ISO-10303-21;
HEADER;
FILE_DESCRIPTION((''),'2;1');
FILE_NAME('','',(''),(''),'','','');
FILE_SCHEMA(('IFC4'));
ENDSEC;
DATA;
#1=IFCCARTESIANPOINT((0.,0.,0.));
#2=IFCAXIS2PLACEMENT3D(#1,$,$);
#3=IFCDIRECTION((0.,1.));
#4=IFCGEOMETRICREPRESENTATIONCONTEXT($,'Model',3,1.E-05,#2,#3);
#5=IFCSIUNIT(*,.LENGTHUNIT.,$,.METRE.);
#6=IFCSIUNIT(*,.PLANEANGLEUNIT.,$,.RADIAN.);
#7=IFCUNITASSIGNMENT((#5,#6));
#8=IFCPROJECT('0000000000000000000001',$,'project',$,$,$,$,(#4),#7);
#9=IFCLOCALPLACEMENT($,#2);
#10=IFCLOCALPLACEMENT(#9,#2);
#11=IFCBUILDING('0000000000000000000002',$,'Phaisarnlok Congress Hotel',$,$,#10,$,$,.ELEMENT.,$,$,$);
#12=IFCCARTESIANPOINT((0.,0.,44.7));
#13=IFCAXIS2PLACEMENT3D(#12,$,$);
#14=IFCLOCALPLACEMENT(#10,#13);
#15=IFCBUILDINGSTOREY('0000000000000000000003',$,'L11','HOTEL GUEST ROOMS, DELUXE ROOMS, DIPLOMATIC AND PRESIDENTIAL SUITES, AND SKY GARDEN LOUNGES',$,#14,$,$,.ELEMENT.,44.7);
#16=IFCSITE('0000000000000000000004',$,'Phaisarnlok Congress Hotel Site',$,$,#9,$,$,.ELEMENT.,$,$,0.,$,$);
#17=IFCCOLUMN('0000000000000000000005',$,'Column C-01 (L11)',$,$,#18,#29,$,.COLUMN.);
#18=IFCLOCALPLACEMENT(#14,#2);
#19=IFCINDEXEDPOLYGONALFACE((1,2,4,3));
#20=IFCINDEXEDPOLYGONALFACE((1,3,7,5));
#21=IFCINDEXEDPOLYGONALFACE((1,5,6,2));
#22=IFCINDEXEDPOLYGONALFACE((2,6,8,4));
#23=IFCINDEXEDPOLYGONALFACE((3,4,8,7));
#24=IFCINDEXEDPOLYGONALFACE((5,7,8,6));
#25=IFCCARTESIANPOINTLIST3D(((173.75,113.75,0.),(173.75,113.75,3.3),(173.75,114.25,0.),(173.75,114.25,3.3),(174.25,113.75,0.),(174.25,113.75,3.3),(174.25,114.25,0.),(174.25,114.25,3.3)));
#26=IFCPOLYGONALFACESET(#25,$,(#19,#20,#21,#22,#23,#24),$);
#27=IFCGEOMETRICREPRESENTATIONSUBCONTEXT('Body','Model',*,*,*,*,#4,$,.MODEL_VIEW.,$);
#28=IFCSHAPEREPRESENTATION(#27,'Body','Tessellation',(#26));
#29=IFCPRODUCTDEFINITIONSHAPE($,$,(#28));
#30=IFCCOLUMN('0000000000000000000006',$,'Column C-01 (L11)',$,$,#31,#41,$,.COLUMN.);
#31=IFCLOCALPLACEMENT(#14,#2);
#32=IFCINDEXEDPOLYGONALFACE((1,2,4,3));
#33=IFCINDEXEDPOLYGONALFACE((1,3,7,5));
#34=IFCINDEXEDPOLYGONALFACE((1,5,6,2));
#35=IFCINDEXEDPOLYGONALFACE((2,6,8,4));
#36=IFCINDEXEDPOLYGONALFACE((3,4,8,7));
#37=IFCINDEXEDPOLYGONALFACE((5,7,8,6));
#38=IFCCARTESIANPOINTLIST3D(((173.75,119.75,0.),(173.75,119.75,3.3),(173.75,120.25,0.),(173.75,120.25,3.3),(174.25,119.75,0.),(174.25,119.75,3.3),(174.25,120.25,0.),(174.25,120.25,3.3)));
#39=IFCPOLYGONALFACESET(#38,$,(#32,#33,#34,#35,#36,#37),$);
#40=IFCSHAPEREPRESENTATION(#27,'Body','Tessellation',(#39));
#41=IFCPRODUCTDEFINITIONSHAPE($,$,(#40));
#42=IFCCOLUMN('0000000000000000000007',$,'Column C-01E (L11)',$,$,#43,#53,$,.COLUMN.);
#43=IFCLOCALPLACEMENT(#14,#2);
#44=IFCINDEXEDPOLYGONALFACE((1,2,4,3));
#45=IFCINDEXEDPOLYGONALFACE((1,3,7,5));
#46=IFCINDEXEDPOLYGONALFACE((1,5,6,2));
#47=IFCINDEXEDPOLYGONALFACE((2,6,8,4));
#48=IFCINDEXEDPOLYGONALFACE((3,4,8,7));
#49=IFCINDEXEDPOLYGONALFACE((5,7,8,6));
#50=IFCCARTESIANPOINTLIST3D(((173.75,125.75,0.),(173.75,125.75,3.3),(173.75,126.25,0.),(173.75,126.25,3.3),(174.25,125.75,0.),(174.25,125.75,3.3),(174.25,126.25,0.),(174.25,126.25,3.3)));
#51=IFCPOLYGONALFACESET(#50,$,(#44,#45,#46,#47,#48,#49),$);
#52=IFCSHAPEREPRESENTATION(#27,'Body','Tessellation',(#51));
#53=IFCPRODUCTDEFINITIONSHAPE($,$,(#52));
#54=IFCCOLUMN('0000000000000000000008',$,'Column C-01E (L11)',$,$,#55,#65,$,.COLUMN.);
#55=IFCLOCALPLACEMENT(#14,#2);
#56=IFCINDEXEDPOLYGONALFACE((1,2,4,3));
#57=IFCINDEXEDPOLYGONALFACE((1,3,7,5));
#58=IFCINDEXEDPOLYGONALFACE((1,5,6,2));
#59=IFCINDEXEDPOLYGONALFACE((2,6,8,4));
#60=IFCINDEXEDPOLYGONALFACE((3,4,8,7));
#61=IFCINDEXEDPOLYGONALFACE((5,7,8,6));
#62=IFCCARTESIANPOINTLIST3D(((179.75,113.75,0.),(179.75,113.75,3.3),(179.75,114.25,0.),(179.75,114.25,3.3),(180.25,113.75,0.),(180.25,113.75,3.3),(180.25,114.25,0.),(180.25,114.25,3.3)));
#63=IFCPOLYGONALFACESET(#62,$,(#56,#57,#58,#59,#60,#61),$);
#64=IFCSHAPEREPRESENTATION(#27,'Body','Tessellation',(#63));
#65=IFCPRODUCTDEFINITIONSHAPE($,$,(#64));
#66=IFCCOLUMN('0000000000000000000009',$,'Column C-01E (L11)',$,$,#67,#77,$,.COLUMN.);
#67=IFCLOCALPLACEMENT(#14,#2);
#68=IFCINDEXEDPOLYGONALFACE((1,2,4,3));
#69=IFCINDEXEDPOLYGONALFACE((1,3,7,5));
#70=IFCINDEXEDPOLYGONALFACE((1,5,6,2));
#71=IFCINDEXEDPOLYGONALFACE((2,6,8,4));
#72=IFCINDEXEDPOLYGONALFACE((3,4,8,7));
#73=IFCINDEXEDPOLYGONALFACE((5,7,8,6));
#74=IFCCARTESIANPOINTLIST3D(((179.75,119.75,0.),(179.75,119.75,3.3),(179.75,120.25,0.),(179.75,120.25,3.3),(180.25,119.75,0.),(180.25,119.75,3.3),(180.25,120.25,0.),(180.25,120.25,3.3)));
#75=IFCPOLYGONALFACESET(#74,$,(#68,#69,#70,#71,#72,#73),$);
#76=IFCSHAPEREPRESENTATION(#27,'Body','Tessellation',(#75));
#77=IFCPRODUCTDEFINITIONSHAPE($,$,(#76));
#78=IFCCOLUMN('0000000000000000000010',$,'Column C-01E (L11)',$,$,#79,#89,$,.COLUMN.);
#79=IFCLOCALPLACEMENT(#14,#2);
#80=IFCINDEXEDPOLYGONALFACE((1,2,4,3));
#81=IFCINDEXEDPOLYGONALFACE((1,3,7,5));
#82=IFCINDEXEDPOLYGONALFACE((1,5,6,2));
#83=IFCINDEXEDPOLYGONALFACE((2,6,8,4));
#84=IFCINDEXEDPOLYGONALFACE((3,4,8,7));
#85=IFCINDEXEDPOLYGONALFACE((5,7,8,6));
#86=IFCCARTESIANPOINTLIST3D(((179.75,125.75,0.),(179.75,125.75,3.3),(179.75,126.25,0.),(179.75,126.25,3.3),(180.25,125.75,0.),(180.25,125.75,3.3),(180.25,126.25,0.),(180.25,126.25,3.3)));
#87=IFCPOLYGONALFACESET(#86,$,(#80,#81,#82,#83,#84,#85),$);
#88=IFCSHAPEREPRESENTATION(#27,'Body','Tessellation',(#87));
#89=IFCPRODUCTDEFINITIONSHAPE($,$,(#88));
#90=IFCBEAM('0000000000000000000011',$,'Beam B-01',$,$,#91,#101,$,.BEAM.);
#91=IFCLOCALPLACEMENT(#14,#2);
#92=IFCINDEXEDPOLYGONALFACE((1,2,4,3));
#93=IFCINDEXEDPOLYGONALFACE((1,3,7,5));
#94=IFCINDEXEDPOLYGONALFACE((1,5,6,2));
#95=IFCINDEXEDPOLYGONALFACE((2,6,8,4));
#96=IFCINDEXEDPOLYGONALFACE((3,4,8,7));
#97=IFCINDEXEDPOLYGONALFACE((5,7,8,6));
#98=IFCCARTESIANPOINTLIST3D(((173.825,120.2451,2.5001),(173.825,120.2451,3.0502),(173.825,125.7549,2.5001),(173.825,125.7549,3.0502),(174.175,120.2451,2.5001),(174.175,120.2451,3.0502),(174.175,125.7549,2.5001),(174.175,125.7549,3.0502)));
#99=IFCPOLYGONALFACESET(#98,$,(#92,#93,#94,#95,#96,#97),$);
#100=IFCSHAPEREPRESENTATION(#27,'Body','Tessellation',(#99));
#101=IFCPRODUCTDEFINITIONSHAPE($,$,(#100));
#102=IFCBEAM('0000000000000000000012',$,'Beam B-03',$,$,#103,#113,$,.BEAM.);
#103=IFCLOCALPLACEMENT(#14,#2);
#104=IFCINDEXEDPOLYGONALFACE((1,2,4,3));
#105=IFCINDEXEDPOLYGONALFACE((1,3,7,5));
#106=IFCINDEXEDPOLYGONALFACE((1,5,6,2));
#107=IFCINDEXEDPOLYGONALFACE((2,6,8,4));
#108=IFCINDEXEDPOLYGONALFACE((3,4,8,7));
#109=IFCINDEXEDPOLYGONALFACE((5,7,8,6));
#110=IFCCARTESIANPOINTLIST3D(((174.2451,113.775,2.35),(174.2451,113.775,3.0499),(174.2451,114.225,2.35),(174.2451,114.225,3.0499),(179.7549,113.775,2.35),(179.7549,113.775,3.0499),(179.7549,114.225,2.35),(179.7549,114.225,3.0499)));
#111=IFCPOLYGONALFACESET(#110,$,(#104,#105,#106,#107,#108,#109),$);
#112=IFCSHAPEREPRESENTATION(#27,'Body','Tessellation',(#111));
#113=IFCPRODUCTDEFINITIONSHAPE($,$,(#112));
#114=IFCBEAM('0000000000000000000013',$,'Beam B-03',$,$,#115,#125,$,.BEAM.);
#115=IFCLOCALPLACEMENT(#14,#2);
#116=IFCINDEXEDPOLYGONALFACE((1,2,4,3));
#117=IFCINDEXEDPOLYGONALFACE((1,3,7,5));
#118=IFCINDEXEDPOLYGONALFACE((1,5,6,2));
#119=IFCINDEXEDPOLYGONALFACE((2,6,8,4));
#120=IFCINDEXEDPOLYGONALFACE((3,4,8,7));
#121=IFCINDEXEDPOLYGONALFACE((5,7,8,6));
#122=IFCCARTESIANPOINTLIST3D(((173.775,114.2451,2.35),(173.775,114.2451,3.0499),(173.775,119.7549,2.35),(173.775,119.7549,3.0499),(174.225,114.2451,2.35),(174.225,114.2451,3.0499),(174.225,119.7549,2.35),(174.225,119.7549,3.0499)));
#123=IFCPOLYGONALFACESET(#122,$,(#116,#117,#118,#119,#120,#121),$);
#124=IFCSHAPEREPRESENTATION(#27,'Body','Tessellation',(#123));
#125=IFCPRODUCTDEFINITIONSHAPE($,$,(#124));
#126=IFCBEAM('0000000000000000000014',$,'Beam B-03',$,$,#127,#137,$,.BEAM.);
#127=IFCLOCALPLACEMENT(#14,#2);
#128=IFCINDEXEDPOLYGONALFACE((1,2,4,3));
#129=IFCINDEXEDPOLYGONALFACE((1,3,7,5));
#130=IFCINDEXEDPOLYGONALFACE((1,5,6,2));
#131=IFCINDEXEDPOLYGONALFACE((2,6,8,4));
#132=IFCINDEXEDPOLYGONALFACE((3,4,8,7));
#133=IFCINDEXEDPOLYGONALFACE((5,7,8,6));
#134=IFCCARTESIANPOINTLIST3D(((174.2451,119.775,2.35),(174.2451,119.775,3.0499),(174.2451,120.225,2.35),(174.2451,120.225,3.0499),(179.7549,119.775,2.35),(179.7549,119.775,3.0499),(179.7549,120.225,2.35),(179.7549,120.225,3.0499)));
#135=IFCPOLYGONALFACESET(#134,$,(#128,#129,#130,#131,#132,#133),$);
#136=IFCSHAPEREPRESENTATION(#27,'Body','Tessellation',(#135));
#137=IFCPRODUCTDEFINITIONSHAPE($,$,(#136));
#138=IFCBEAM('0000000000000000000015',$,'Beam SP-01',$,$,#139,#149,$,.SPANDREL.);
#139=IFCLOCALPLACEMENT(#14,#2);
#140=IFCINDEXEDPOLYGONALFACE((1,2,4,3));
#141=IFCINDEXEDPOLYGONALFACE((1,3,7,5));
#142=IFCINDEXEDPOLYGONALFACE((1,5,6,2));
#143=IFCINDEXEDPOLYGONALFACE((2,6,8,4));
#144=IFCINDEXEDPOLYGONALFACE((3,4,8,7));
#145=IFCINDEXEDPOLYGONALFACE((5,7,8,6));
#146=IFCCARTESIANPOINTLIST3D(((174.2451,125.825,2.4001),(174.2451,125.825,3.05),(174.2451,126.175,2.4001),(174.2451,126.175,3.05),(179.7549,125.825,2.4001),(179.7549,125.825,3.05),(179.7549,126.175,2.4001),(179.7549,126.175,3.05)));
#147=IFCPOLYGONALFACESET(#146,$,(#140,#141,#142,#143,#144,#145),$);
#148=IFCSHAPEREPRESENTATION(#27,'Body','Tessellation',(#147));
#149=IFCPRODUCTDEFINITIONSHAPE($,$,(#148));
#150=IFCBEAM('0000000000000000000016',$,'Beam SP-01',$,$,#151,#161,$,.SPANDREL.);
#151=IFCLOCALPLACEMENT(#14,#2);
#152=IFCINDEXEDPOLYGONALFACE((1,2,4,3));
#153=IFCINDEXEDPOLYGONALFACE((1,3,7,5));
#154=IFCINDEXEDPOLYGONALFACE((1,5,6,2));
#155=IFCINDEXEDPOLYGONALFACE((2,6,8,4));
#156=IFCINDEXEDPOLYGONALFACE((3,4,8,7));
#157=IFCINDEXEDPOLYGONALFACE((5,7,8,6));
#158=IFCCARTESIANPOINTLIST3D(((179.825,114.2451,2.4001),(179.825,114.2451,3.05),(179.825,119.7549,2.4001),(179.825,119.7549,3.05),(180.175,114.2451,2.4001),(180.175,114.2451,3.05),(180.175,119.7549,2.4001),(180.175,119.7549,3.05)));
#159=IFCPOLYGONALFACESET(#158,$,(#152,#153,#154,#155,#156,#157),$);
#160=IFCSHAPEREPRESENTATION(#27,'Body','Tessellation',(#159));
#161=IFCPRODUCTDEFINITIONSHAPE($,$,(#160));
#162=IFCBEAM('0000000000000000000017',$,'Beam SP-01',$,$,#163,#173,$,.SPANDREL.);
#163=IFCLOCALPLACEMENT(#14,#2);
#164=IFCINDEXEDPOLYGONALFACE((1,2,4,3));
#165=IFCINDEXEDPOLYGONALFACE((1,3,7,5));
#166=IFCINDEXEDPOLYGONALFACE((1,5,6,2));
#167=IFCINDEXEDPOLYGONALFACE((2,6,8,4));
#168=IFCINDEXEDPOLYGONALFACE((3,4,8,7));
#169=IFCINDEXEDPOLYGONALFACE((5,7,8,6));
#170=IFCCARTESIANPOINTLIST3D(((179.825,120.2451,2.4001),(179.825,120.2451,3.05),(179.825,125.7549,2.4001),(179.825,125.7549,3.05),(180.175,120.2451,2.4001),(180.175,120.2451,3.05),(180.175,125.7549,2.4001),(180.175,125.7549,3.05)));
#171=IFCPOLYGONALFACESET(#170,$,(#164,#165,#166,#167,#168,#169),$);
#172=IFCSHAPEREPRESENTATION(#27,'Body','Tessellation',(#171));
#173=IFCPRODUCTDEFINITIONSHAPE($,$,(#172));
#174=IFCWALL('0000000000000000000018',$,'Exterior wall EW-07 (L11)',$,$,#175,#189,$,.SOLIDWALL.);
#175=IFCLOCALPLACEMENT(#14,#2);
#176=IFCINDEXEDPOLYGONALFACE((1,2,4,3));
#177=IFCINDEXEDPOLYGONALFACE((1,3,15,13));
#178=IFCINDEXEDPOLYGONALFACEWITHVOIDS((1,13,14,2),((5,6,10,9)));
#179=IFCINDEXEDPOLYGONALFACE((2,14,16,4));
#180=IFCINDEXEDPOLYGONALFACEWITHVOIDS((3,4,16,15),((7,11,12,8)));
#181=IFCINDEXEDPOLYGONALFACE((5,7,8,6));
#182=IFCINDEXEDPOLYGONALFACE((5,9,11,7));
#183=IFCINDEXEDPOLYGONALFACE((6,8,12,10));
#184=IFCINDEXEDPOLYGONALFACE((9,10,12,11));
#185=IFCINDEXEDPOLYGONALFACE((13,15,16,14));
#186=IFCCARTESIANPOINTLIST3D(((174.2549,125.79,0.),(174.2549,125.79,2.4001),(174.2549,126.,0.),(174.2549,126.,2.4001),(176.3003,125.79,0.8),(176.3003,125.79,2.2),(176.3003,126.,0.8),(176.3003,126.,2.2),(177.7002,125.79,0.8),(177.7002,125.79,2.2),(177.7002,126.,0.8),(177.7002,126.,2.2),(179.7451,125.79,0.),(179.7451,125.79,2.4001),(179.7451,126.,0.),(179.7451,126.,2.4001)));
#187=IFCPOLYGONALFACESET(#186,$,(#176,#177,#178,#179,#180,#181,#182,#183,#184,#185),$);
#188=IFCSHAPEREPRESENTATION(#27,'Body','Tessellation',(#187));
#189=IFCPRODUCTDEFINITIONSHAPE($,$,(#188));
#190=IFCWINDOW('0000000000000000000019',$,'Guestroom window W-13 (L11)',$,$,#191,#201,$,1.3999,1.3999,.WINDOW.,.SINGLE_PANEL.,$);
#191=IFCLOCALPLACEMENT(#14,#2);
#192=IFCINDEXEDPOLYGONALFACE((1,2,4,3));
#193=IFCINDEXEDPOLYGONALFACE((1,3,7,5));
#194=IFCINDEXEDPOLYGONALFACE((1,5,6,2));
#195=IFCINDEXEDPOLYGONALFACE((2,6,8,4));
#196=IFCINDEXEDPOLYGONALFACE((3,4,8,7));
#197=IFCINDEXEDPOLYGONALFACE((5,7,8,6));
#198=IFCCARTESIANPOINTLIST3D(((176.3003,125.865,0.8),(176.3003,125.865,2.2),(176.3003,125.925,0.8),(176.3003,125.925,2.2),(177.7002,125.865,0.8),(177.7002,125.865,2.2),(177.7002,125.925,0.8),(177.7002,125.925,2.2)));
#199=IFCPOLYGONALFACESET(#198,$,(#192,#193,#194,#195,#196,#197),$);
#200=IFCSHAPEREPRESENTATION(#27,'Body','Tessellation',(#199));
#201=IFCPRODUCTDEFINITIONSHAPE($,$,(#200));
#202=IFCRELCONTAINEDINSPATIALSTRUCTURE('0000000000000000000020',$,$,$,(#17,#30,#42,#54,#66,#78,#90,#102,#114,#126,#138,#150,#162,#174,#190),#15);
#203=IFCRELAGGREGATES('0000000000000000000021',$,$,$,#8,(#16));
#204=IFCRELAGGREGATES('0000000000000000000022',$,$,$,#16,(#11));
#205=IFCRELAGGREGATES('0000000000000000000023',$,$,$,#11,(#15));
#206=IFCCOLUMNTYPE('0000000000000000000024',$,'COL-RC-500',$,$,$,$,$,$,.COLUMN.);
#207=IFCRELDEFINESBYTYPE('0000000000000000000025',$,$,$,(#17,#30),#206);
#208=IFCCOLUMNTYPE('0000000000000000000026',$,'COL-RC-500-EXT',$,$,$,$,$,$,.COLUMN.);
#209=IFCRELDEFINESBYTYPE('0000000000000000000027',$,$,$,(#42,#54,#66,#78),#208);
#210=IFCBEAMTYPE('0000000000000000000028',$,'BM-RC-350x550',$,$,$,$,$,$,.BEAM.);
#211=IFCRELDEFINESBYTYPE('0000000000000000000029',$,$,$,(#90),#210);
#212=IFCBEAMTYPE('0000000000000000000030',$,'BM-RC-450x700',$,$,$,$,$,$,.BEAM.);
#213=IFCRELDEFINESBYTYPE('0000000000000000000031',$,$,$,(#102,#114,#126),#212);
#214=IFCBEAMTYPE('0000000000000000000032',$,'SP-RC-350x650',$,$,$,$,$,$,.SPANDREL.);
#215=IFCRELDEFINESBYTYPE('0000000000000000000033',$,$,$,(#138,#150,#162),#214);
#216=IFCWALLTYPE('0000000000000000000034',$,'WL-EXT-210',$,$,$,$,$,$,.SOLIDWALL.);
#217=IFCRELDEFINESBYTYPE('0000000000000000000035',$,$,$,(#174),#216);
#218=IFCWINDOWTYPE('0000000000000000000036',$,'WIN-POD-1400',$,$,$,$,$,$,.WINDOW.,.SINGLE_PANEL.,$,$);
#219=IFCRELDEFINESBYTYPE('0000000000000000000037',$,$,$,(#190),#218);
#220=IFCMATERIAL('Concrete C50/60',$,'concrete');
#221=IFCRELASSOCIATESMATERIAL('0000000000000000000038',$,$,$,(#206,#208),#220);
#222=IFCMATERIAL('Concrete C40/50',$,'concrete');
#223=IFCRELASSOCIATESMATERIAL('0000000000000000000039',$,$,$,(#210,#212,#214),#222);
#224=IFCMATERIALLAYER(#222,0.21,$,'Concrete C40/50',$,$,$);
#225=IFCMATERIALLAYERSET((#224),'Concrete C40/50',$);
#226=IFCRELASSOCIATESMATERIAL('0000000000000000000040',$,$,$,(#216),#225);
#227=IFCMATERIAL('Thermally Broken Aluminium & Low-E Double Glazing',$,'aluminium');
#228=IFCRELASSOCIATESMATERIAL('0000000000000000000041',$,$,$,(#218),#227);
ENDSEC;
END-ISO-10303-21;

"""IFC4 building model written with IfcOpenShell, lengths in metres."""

from ifc_helpers import new_model, si_unit, direction, frame, frame_2d, origin, origin_2d, place, context, subcontext, project, spatial, rectangle, extrude, material, layer, layer_set, material_profile, profile_set, type_object, element, fill, save


model = new_model("IFC4")

# Units and contexts
model_context = context("Model", 3, precision=1e-05, world=origin(), true_north=direction((0.0, 1.0)))
body_context = subcontext(model_context, "Body", "Model", "MODEL_VIEW")
ifc_project = project(units=[si_unit("LENGTHUNIT", "METRE"), si_unit("PLANEANGLEUNIT", "RADIAN")], contexts=[model_context])

# Site, building, storey
site_placement = place(None, origin())
site = spatial("IfcSite", under=ifc_project, at=site_placement, Name="Phaisarnlok Congress Hotel Site", CompositionType="ELEMENT", RefElevation=0.0)
building_placement = place(site_placement, origin())
building = spatial("IfcBuilding", under=site, at=building_placement, Name="Phaisarnlok Congress Hotel", CompositionType="ELEMENT")
storey_placement = place(building_placement, frame((0.0, 0.0, 44.7)))
storey = spatial("IfcBuildingStorey", under=building, at=storey_placement, Name="L11", Description="HOTEL GUEST ROOMS, DELUXE ROOMS, DIPLOMATIC AND PRESIDENTIAL SUITES, AND SKY GARDEN LOUNGES", CompositionType="ELEMENT", Elevation=44.7)

# Columns
ifc_material_1 = material(Name="Concrete C50/60", Category="concrete")
ifc_material_profile_1 = material_profile(ifc_material_1, rectangle(XDim=0.5, YDim=0.5, at=origin_2d()), Name="RC 500x500")
ifc_profile_set_1 = profile_set([ifc_material_profile_1], Name="Concrete C50/60")
column_type_1 = type_object("IfcColumnType", Name="COL-RC-500", PredefinedType="COLUMN", material=ifc_profile_set_1)
for number, where, z_axis, x_axis, name in (
    (1, (174.0, 114.0, 0.0), (0.0, 0.0, 1.0), (1.0, 0.0, 0.0), "Column C-01 (L11)"),
    (2, (174.0, 120.0, 0.0), (0.0, 0.0, 1.0), (1.0, 0.0, 0.0), "Column C-01 (L11)"),
):
    element("IfcColumn", number, at=place(storey_placement, frame(where, z_axis=z_axis, x_axis=x_axis)), inside=storey, type_object=column_type_1, Name=name, PredefinedType="COLUMN", context=body_context, shape_type="SweptSolid", body=[
        extrude(rectangle(XDim=0.5, YDim=0.5, at=origin_2d()), origin(), (0.0, 0.0, 1.0), 3.3),
    ])
ifc_material_profile_2 = material_profile(ifc_material_1, rectangle(XDim=0.5, YDim=0.5, at=origin_2d()), Name="RC 500x500")
ifc_profile_set_2 = profile_set([ifc_material_profile_2], Name="Concrete C50/60")
column_type_2 = type_object("IfcColumnType", Name="COL-RC-500-EXT", PredefinedType="COLUMN", material=ifc_profile_set_2)
for number, where, z_axis, x_axis, name in (
    (3, (174.0, 126.0, 0.0), (0.0, 0.0, 1.0), (1.0, 0.0, 0.0), "Column C-01E (L11)"),
    (4, (180.0, 114.0, 0.0), (0.0, 0.0, 1.0), (1.0, 0.0, 0.0), "Column C-01E (L11)"),
    (5, (180.0, 120.0, 0.0), (0.0, 0.0, 1.0), (1.0, 0.0, 0.0), "Column C-01E (L11)"),
    (6, (180.0, 126.0, 0.0), (0.0, 0.0, 1.0), (1.0, 0.0, 0.0), "Column C-01E (L11)"),
):
    element("IfcColumn", number, at=place(storey_placement, frame(where, z_axis=z_axis, x_axis=x_axis)), inside=storey, type_object=column_type_2, Name=name, PredefinedType="COLUMN", context=body_context, shape_type="SweptSolid", body=[
        extrude(rectangle(XDim=0.5, YDim=0.5, at=origin_2d()), origin(), (0.0, 0.0, 1.0), 3.3),
    ])

# Beams
ifc_material_2 = material(Name="Concrete C40/50", Category="concrete")
ifc_material_profile_3 = material_profile(ifc_material_2, rectangle(XDim=0.3501, YDim=0.55, at=origin_2d()), Name="RC 350x550")
ifc_profile_set_3 = profile_set([ifc_material_profile_3], Name="Concrete C40/50")
beam_type_1 = type_object("IfcBeamType", Name="BM-RC-350x550", PredefinedType="BEAM", material=ifc_profile_set_3)
beam_placement = place(storey_placement, frame((174.0, 120.2451, 2.7751), z_axis=(0.0, 1.0, 0.0), x_axis=(-1.0, 0.0, 0.0)))
element("IfcBeam", 7, at=beam_placement, inside=storey, type_object=beam_type_1, Name="Beam B-01", PredefinedType="BEAM", context=body_context, shape_type="SweptSolid", body=[
    extrude(rectangle(XDim=0.3501, YDim=0.55, at=origin_2d()), origin(), (0.0, 0.0, 1.0), 5.5098),
])
ifc_material_profile_4 = material_profile(ifc_material_2, rectangle(XDim=0.45, YDim=0.7, at=origin_2d()), Name="RC 450x700")
ifc_profile_set_4 = profile_set([ifc_material_profile_4], Name="Concrete C40/50")
beam_type_2 = type_object("IfcBeamType", Name="BM-RC-450x700", PredefinedType="BEAM", material=ifc_profile_set_4)
for number, where, z_axis, x_axis, name in (
    (8, (174.2451, 114.0, 2.7), (1.0, 0.0, 0.0), (0.0, 1.0, 0.0), "Beam B-03"),
    (9, (174.0, 114.2451, 2.7), (0.0, 1.0, 0.0), (-1.0, 0.0, 0.0), "Beam B-03"),
    (10, (174.2451, 120.0, 2.7), (1.0, 0.0, 0.0), (0.0, 1.0, 0.0), "Beam B-03"),
):
    element("IfcBeam", number, at=place(storey_placement, frame(where, z_axis=z_axis, x_axis=x_axis)), inside=storey, type_object=beam_type_2, Name=name, PredefinedType="BEAM", context=body_context, shape_type="SweptSolid", body=[
        extrude(rectangle(XDim=0.45, YDim=0.7, at=origin_2d()), origin(), (0.0, 0.0, 1.0), 5.5098),
    ])
ifc_material_profile_5 = material_profile(ifc_material_2, rectangle(XDim=0.3501, YDim=0.6499, at=origin_2d()), Name="RC 350x650")
ifc_profile_set_5 = profile_set([ifc_material_profile_5], Name="Concrete C40/50")
beam_type_3 = type_object("IfcBeamType", Name="SP-RC-350x650", PredefinedType="SPANDREL", material=ifc_profile_set_5)
for number, where, z_axis, x_axis, name in (
    (11, (174.2451, 126.0, 2.7251), (1.0, 0.0, 0.0), (0.0, 1.0, 0.0), "Beam SP-01"),
    (12, (180.0, 114.2451, 2.7251), (0.0, 1.0, 0.0), (-1.0, 0.0, 0.0), "Beam SP-01"),
    (13, (180.0, 120.2451, 2.7251), (0.0, 1.0, 0.0), (-1.0, 0.0, 0.0), "Beam SP-01"),
):
    element("IfcBeam", number, at=place(storey_placement, frame(where, z_axis=z_axis, x_axis=x_axis)), inside=storey, type_object=beam_type_3, Name=name, PredefinedType="SPANDREL", context=body_context, shape_type="SweptSolid", body=[
        extrude(rectangle(XDim=0.3501, YDim=0.6499, at=origin_2d()), origin(), (0.0, 0.0, 1.0), 5.5098),
    ])

# Wall, opening, window
ifc_layer_1 = layer(ifc_material_2, 0.21, Name="Concrete C40/50")
ifc_layer_set_1 = layer_set([ifc_layer_1], Name="Concrete C40/50")
wall_type_1 = type_object("IfcWallType", Name="WL-EXT-210", PredefinedType="SOLIDWALL", material=ifc_layer_set_1)
wall_1_placement = place(storey_placement, frame((179.7451, 125.895, 0.0), z_axis=(0.0, 0.0, 1.0), x_axis=(-1.0, 0.0, 0.0)))
wall_1 = element("IfcWall", 14, at=wall_1_placement, inside=storey, type_object=wall_type_1, Name="Exterior wall EW-07 (L11)", PredefinedType="SOLIDWALL", context=body_context, shape_type="SweptSolid", body=[
    extrude(rectangle(XDim=5.4902, YDim=0.21, at=frame_2d((2.7451, 0.0))), origin(), (0.0, 0.0, 1.0), 2.4001),
])
opening_1_placement = place(wall_1_placement, frame((2.0449, 0.0, 0.8)))
opening_1 = element("IfcOpeningElement", 15, at=opening_1_placement, cuts=wall_1, PredefinedType="OPENING", context=body_context, shape_type="SweptSolid", body=[
    extrude(rectangle(XDim=1.3999, YDim=1.3999, at=frame_2d((0.7, 0.7))), frame((0.0, 0.115, 0.0), z_axis=(0.0, -1.0, 0.0), x_axis=(1.0, 0.0, 0.0)), (0.0, 0.0, 1.0), 0.23),
])
ifc_material_3 = material(Name="Thermally Broken Aluminium & Low-E Double Glazing", Category="aluminium")
window_type = type_object("IfcWindowType", Name="WIN-POD-1400", PartitioningType="SINGLE_PANEL", PredefinedType="WINDOW", material=ifc_material_3)
window_placement = place(opening_1_placement, origin())
window = element("IfcWindow", 16, at=window_placement, inside=storey, type_object=window_type, Name="Guestroom window W-13 (L11)", OverallHeight=1.3999, OverallWidth=1.3999, PartitioningType="SINGLE_PANEL", PredefinedType="WINDOW", context=body_context, shape_type="SweptSolid", body=[
    extrude(rectangle(XDim=1.3999, YDim=1.3999, at=frame_2d((0.7, 0.7))), frame((0.0, 0.03, 0.0), z_axis=(0.0, -1.0, 0.0), x_axis=(1.0, 0.0, 0.0)), (0.0, 0.0, 1.0), 0.0601),
])
fill(opening_1, window)

save(model, "model.ifc")
